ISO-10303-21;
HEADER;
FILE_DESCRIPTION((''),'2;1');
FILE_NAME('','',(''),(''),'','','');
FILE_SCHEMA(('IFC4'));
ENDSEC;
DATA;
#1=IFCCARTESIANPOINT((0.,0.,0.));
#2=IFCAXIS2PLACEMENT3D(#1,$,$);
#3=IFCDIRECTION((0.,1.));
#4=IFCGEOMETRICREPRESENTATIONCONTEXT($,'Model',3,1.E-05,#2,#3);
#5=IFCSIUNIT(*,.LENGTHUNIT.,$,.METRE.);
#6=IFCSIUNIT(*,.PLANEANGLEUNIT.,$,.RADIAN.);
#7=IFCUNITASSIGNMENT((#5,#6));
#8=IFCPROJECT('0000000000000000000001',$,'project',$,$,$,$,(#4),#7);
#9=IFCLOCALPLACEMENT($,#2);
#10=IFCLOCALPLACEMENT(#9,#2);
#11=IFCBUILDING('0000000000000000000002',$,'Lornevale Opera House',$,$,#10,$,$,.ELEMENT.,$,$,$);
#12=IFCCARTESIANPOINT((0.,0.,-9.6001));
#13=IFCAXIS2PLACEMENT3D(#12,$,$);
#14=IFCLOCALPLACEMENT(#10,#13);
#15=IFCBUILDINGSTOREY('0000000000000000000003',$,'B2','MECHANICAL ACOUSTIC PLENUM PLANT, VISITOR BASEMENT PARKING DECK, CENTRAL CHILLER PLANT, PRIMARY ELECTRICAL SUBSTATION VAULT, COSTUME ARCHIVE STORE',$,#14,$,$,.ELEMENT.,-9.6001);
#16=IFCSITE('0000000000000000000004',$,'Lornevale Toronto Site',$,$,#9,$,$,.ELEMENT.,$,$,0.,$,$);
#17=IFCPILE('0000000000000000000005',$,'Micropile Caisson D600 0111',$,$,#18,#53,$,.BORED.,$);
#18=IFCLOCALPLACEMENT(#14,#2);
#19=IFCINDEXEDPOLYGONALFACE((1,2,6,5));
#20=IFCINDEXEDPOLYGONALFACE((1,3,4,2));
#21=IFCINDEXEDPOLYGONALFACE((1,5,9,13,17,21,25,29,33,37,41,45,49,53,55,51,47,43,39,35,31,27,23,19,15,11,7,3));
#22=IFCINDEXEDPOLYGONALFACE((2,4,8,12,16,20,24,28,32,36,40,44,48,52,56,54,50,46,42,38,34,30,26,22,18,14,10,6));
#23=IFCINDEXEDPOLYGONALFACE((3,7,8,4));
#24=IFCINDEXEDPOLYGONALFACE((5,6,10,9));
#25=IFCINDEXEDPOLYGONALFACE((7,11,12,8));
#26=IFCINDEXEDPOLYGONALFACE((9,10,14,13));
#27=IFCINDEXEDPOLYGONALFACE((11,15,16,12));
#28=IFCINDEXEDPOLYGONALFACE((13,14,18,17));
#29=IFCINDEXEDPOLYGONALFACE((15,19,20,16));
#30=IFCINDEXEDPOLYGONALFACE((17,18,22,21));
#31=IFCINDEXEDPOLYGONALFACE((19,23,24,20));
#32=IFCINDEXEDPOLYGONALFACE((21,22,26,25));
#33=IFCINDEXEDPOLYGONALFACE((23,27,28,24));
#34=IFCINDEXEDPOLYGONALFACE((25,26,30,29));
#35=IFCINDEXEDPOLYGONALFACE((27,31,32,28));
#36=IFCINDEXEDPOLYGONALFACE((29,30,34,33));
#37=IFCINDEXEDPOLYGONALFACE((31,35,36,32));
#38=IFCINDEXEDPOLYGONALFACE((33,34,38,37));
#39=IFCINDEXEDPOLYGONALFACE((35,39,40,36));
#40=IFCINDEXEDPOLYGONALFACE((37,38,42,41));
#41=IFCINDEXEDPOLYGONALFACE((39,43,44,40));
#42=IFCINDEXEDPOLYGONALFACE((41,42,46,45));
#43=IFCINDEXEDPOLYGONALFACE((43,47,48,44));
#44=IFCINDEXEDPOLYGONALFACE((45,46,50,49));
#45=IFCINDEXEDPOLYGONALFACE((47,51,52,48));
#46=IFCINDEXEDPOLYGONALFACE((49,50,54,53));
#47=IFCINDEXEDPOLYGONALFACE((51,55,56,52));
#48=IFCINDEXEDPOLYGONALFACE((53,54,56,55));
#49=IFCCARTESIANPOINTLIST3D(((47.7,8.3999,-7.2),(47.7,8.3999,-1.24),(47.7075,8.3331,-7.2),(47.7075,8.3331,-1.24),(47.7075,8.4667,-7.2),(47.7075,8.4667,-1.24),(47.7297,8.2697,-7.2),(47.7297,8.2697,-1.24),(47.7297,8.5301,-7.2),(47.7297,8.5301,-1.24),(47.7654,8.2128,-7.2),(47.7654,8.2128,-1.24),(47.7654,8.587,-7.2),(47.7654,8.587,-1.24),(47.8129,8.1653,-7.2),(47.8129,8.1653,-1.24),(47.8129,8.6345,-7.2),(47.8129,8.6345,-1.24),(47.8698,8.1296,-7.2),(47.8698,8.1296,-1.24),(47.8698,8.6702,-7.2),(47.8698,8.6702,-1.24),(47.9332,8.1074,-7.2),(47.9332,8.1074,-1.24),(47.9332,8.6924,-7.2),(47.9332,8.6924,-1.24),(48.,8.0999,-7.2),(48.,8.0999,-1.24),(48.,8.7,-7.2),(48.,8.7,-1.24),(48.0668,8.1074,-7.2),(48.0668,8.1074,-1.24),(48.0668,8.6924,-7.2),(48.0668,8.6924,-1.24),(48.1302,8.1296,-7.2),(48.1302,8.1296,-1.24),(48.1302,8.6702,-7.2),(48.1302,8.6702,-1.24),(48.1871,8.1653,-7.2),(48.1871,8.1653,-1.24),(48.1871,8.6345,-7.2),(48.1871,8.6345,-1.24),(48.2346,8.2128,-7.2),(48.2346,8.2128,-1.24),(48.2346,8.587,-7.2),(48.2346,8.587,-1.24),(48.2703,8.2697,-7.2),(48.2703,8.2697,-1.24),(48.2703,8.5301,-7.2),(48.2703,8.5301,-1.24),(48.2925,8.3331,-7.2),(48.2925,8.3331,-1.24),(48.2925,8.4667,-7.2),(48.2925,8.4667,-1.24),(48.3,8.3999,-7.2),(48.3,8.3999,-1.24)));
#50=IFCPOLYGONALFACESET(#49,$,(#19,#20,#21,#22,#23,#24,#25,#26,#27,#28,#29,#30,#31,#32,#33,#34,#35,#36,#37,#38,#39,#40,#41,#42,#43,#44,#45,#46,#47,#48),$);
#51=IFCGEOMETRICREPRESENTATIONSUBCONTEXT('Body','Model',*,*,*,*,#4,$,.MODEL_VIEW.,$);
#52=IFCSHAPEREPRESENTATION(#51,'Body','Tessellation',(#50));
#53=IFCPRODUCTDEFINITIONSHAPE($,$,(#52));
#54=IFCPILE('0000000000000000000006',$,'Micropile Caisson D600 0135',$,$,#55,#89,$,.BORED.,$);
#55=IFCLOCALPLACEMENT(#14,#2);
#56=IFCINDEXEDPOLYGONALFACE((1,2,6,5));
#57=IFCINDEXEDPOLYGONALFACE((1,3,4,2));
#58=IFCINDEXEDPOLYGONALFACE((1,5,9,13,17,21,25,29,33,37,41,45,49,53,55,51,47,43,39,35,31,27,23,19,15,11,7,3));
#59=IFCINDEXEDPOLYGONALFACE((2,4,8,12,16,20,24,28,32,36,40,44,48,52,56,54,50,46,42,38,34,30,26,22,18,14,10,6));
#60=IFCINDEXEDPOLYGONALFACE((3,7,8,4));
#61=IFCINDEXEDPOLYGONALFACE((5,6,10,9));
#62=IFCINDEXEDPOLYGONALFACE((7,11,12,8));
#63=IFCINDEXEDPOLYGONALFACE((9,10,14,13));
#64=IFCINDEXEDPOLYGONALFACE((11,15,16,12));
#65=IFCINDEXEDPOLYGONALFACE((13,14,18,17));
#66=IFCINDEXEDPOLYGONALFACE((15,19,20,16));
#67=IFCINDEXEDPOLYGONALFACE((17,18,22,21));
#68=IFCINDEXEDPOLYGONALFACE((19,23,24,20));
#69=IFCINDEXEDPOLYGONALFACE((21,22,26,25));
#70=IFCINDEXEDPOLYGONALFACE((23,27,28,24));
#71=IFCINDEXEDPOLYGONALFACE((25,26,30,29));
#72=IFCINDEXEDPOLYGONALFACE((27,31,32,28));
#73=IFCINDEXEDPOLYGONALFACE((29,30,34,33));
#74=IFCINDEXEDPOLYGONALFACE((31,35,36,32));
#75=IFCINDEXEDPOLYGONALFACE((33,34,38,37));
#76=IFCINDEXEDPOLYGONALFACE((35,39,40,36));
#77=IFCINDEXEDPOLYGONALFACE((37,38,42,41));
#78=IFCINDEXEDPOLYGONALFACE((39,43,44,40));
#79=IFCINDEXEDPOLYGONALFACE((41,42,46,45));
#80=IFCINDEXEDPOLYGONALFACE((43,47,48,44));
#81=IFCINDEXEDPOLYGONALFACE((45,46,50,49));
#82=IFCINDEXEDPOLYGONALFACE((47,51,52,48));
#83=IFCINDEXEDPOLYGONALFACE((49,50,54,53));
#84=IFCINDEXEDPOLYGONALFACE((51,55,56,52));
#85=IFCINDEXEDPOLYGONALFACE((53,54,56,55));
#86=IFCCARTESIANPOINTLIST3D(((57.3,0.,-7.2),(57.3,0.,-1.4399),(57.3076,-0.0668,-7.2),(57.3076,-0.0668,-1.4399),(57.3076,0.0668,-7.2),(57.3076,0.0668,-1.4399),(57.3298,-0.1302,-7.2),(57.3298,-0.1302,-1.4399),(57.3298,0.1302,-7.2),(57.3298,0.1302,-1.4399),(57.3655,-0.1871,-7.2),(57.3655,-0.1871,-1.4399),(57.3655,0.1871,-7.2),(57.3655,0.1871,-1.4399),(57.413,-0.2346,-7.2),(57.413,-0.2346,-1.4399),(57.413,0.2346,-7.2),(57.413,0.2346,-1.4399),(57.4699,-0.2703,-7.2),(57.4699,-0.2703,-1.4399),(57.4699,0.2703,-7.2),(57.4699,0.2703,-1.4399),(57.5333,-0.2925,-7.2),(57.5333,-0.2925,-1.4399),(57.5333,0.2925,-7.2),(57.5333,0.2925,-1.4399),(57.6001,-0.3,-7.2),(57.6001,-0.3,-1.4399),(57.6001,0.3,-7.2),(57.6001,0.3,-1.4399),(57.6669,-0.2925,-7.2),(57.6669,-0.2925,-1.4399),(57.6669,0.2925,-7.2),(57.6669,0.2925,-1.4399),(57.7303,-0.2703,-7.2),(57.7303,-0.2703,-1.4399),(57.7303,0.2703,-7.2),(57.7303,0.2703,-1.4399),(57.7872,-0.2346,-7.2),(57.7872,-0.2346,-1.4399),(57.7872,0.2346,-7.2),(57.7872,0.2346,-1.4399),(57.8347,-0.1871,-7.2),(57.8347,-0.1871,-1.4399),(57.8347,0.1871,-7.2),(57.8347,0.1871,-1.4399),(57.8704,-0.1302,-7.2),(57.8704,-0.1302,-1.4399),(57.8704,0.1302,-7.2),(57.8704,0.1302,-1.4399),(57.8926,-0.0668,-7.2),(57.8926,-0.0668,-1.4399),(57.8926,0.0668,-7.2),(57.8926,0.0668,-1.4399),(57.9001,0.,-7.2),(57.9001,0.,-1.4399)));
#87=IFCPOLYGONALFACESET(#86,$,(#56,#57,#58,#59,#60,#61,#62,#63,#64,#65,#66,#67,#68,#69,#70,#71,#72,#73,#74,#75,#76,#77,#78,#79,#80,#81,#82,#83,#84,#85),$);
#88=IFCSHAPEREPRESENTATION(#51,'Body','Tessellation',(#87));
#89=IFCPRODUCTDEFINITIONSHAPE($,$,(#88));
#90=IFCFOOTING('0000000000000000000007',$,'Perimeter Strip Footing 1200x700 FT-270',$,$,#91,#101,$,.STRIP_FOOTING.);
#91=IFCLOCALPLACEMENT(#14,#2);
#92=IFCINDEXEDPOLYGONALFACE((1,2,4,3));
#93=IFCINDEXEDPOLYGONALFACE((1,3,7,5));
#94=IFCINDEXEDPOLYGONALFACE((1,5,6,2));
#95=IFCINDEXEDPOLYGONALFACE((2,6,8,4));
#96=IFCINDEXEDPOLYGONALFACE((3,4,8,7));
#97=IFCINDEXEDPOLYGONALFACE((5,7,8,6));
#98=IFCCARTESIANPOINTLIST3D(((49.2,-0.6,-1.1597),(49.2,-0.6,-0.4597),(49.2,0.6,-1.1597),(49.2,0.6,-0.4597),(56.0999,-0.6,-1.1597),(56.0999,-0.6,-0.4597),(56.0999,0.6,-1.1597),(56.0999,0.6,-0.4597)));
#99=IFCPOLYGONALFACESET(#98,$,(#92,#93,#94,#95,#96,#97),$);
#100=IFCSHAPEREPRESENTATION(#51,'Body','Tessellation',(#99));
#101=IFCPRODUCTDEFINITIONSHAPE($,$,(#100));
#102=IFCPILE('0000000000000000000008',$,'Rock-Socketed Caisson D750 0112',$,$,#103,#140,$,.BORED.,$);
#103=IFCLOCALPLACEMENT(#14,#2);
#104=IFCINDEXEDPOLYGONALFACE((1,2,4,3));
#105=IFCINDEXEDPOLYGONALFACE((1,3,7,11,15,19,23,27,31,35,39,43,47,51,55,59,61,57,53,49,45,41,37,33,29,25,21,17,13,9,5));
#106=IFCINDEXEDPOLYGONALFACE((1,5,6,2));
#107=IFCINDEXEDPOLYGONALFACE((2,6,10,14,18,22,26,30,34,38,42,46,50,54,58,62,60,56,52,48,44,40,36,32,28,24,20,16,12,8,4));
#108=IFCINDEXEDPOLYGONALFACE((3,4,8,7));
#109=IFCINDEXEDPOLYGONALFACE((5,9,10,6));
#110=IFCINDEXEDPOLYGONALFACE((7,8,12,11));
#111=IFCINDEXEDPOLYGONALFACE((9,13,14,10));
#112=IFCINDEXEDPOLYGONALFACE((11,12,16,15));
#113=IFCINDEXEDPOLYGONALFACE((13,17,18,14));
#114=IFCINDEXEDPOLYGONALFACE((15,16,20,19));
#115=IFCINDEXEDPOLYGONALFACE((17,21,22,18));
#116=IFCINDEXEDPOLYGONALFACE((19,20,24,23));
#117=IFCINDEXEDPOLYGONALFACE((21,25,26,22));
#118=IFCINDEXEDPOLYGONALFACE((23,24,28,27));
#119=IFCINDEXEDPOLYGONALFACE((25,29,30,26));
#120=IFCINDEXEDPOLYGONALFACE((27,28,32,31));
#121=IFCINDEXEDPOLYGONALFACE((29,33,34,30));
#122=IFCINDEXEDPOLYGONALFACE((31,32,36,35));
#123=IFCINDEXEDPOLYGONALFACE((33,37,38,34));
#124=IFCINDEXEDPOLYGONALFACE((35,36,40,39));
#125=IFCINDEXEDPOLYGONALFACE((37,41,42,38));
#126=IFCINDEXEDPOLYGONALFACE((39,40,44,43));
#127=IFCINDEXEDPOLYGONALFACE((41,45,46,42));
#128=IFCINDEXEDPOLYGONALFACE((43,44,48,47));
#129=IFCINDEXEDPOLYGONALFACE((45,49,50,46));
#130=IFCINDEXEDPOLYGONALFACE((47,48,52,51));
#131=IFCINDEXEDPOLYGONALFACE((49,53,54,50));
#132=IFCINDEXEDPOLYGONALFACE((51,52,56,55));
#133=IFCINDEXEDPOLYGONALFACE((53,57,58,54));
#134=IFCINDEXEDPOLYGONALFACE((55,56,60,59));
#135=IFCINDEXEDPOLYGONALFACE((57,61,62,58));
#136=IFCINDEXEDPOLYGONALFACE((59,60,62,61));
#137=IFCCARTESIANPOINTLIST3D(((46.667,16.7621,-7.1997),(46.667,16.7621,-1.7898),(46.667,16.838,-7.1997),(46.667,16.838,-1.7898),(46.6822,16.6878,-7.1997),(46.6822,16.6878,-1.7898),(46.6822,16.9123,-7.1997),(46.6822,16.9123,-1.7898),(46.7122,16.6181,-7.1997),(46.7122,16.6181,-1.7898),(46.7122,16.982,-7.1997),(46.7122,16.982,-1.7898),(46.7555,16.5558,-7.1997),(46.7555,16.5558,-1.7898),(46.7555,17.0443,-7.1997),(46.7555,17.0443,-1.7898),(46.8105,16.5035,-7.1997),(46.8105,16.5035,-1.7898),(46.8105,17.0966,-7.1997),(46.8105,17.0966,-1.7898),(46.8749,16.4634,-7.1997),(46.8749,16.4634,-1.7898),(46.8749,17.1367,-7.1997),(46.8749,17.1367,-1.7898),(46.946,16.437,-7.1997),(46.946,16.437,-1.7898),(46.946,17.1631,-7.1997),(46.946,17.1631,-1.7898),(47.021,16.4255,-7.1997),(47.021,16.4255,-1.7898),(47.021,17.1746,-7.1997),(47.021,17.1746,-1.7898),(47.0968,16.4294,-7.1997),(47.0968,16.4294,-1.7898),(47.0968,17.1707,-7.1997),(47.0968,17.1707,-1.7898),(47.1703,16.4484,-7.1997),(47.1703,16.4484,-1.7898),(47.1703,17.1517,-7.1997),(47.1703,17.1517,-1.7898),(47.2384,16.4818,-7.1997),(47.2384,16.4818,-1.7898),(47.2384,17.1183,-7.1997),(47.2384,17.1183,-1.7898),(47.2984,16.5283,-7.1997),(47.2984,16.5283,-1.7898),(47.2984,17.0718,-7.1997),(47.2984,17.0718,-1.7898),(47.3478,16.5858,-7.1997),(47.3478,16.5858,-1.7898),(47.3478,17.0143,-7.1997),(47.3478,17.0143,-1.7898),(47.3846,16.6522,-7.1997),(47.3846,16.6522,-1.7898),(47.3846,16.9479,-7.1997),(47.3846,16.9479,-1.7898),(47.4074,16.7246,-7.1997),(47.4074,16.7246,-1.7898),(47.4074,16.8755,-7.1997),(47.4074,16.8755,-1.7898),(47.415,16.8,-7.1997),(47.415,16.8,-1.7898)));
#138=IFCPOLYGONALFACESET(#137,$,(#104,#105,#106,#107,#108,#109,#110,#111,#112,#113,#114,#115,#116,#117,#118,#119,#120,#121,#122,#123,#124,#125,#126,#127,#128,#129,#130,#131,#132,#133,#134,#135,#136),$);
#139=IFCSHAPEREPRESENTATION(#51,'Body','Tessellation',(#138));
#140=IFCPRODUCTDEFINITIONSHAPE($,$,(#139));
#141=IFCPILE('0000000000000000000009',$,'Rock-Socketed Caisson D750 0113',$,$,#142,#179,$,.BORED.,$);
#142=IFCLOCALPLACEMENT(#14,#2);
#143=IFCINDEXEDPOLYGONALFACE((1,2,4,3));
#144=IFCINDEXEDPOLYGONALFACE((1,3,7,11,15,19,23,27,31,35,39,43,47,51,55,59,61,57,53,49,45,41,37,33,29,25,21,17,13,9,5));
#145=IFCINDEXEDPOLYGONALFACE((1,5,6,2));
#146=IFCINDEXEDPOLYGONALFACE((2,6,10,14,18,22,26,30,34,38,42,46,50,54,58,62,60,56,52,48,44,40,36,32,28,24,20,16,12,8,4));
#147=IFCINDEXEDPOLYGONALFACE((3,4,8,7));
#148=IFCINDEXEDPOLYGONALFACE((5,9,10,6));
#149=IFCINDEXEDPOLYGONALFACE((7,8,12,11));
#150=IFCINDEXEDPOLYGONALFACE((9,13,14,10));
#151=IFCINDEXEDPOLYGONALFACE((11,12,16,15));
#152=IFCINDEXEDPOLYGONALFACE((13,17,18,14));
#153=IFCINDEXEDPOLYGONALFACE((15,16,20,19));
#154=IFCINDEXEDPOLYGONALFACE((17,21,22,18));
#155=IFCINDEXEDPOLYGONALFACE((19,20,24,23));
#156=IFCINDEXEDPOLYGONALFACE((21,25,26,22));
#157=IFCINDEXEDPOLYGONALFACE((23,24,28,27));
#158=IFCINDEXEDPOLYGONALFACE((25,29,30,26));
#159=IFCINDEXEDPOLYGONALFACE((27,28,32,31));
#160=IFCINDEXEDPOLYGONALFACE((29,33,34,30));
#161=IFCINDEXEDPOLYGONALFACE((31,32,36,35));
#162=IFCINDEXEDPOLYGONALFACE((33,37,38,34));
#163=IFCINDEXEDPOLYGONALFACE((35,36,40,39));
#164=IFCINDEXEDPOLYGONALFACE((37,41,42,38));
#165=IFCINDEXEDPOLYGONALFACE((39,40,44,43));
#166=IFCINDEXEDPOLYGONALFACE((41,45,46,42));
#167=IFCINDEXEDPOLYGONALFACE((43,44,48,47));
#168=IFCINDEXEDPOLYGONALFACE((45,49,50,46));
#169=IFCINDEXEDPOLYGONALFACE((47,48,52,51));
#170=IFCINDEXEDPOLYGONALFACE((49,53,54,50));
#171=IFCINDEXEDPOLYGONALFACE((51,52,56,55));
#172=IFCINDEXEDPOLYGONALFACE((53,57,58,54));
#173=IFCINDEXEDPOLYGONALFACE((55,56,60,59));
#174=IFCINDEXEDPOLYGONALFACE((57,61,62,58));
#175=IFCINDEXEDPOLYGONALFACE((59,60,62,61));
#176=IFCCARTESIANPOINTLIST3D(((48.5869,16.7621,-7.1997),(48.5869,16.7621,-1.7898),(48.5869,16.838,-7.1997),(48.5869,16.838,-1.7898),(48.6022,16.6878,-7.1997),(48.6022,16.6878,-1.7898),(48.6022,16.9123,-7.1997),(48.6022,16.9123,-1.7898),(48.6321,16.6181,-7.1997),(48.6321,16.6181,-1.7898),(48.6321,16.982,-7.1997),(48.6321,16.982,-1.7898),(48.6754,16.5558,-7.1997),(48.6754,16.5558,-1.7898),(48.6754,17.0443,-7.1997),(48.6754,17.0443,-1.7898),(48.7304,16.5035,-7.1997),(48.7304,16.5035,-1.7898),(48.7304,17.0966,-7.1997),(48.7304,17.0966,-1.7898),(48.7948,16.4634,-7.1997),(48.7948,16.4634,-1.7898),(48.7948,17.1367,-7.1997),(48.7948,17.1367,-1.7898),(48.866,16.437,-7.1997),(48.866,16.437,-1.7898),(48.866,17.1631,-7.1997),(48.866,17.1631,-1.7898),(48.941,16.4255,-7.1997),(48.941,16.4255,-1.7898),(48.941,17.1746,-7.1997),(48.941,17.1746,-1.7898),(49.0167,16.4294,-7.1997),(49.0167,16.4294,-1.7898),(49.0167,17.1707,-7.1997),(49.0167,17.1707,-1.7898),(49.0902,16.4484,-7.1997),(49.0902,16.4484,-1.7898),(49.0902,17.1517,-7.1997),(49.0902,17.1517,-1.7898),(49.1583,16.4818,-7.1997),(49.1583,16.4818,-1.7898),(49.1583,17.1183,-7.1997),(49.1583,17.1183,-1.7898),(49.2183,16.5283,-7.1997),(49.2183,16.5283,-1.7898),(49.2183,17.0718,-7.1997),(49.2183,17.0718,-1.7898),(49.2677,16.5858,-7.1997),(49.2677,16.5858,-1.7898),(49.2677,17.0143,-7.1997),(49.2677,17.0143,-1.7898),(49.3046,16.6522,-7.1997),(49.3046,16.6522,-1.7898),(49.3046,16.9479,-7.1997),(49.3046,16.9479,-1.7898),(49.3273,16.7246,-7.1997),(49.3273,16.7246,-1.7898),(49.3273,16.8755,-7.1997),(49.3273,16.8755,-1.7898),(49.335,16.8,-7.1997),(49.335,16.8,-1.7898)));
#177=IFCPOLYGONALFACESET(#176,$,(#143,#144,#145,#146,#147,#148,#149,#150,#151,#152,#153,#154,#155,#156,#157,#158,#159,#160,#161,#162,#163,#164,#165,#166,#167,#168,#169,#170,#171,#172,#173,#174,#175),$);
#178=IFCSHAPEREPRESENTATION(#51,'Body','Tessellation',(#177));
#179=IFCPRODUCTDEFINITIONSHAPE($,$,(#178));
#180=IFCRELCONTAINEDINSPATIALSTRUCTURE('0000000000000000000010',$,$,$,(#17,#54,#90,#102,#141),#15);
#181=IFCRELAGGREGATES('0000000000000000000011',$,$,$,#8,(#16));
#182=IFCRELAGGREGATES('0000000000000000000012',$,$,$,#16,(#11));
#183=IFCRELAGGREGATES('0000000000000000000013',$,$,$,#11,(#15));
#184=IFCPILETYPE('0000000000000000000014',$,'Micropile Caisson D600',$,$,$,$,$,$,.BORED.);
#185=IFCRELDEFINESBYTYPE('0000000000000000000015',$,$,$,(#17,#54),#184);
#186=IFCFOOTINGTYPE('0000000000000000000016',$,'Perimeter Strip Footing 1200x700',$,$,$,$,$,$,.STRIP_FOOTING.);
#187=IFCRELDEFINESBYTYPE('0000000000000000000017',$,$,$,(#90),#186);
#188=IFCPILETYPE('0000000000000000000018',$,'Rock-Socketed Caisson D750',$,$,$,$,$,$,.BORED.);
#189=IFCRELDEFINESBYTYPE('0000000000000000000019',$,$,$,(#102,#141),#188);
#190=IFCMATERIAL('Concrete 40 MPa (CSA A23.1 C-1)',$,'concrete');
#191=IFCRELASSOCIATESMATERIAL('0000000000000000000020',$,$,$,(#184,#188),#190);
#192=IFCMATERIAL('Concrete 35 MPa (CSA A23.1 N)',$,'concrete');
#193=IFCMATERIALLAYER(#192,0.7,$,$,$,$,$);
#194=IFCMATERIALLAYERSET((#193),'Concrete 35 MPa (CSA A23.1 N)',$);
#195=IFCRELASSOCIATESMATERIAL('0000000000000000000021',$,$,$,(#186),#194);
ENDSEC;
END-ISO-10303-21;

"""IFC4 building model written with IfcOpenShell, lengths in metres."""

from ifc_helpers import new_model, si_unit, direction, frame, origin, origin_2d, place, context, subcontext, project, spatial, rectangle, circle, extrude, material, layer, layer_set, material_profile, profile_set, type_object, element, save


model = new_model("IFC4")

# Units and contexts
model_context = context("Model", 3, precision=1e-05, world=origin(), true_north=direction((0.0, 1.0)))
body_context = subcontext(model_context, "Body", "Model", "MODEL_VIEW")
ifc_project = project(units=[si_unit("LENGTHUNIT", "METRE"), si_unit("PLANEANGLEUNIT", "RADIAN")], contexts=[model_context])

# Site, building, storey
site_placement = place(None, origin())
site = spatial("IfcSite", under=ifc_project, at=site_placement, Name="Lornevale Toronto Site", CompositionType="ELEMENT", RefElevation=0.0)
building_placement = place(site_placement, origin())
building = spatial("IfcBuilding", under=site, at=building_placement, Name="Lornevale Opera House", CompositionType="ELEMENT")
storey_placement = place(building_placement, frame((0.0, 0.0, -9.6001)))
storey = spatial("IfcBuildingStorey", under=building, at=storey_placement, Name="B2", Description="MECHANICAL ACOUSTIC PLENUM PLANT, VISITOR BASEMENT PARKING DECK, CENTRAL CHILLER PLANT, PRIMARY ELECTRICAL SUBSTATION VAULT, COSTUME ARCHIVE STORE", CompositionType="ELEMENT", Elevation=-9.6001)

# Piles
ifc_material_1 = material(Name="Concrete 40 MPa (CSA A23.1 C-1)", Category="concrete")
ifc_material_profile_1 = material_profile(ifc_material_1, circle(Radius=0.3, at=origin_2d()), Name="CAIS600")
ifc_profile_set_1 = profile_set([ifc_material_profile_1], Name="Concrete 40 MPa (CSA A23.1 C-1)")
pile_type_1 = type_object("IfcPileType", Name="Micropile Caisson D600", PredefinedType="BORED", material=ifc_profile_set_1)
pile_1_placement = place(storey_placement, frame((48.0, 8.3999, -1.24), z_axis=(0.0, 0.0, -1.0), x_axis=(1.0, 0.0, 0.0)))
element("IfcPile", 1, at=pile_1_placement, inside=storey, type_object=pile_type_1, Name="Micropile Caisson D600 0111", PredefinedType="BORED", context=body_context, shape_type="SweptSolid", body=[
    extrude(circle(Radius=0.3, at=origin_2d()), origin(), (0.0, 0.0, 1.0), 5.96),
])
pile_2_placement = place(storey_placement, frame((57.6001, 0.0, -1.4399), z_axis=(0.0, 0.0, -1.0), x_axis=(1.0, 0.0, 0.0)))
element("IfcPile", 2, at=pile_2_placement, inside=storey, type_object=pile_type_1, Name="Micropile Caisson D600 0135", PredefinedType="BORED", context=body_context, shape_type="SweptSolid", body=[
    extrude(circle(Radius=0.3, at=origin_2d()), origin(), (0.0, 0.0, 1.0), 5.76),
])

# Footing
ifc_material_2 = material(Name="Concrete 35 MPa (CSA A23.1 N)", Category="concrete")
ifc_layer_1 = layer(ifc_material_2, 0.7)
ifc_layer_set_1 = layer_set([ifc_layer_1], Name="Concrete 35 MPa (CSA A23.1 N)")
footing_type_1 = type_object("IfcFootingType", Name="Perimeter Strip Footing 1200x700", PredefinedType="STRIP_FOOTING", material=ifc_layer_set_1)
footing_1_placement = place(storey_placement, frame((52.6499, 0.0, -1.1597), z_axis=(0.0, 0.0, 1.0), x_axis=(1.0, 0.0, 0.0)))
element("IfcFooting", 3, at=footing_1_placement, inside=storey, type_object=footing_type_1, Name="Perimeter Strip Footing 1200x700 FT-270", PredefinedType="STRIP_FOOTING", context=body_context, shape_type="SweptSolid", body=[
    extrude(rectangle(XDim=6.8999, YDim=1.2, at=origin_2d()), origin(), (0.0, 0.0, 1.0), 0.7),
])

# Piles
ifc_material_profile_2 = material_profile(ifc_material_1, circle(Radius=0.375, at=origin_2d()), Name="CAIS750")
ifc_profile_set_2 = profile_set([ifc_material_profile_2], Name="Concrete 40 MPa (CSA A23.1 C-1)")
pile_type_2 = type_object("IfcPileType", Name="Rock-Socketed Caisson D750", PredefinedType="BORED", material=ifc_profile_set_2)
for number, where, z_axis, x_axis, name in (
    (4, (47.04, 16.8, -1.7898), (0.0, 0.0, -1.0), (1.0, 0.0, 0.0), "Rock-Socketed Caisson D750 0112"),
    (5, (48.96, 16.8, -1.7898), (0.0, 0.0, -1.0), (1.0, 0.0, 0.0), "Rock-Socketed Caisson D750 0113"),
):
    element("IfcPile", number, at=place(storey_placement, frame(where, z_axis=z_axis, x_axis=x_axis)), inside=storey, type_object=pile_type_2, Name=name, PredefinedType="BORED", context=body_context, shape_type="SweptSolid", body=[
        extrude(circle(Radius=0.375, at=origin_2d()), origin(), (0.0, 0.0, 1.0), 5.4099),
    ])

save(model, "model.ifc")
